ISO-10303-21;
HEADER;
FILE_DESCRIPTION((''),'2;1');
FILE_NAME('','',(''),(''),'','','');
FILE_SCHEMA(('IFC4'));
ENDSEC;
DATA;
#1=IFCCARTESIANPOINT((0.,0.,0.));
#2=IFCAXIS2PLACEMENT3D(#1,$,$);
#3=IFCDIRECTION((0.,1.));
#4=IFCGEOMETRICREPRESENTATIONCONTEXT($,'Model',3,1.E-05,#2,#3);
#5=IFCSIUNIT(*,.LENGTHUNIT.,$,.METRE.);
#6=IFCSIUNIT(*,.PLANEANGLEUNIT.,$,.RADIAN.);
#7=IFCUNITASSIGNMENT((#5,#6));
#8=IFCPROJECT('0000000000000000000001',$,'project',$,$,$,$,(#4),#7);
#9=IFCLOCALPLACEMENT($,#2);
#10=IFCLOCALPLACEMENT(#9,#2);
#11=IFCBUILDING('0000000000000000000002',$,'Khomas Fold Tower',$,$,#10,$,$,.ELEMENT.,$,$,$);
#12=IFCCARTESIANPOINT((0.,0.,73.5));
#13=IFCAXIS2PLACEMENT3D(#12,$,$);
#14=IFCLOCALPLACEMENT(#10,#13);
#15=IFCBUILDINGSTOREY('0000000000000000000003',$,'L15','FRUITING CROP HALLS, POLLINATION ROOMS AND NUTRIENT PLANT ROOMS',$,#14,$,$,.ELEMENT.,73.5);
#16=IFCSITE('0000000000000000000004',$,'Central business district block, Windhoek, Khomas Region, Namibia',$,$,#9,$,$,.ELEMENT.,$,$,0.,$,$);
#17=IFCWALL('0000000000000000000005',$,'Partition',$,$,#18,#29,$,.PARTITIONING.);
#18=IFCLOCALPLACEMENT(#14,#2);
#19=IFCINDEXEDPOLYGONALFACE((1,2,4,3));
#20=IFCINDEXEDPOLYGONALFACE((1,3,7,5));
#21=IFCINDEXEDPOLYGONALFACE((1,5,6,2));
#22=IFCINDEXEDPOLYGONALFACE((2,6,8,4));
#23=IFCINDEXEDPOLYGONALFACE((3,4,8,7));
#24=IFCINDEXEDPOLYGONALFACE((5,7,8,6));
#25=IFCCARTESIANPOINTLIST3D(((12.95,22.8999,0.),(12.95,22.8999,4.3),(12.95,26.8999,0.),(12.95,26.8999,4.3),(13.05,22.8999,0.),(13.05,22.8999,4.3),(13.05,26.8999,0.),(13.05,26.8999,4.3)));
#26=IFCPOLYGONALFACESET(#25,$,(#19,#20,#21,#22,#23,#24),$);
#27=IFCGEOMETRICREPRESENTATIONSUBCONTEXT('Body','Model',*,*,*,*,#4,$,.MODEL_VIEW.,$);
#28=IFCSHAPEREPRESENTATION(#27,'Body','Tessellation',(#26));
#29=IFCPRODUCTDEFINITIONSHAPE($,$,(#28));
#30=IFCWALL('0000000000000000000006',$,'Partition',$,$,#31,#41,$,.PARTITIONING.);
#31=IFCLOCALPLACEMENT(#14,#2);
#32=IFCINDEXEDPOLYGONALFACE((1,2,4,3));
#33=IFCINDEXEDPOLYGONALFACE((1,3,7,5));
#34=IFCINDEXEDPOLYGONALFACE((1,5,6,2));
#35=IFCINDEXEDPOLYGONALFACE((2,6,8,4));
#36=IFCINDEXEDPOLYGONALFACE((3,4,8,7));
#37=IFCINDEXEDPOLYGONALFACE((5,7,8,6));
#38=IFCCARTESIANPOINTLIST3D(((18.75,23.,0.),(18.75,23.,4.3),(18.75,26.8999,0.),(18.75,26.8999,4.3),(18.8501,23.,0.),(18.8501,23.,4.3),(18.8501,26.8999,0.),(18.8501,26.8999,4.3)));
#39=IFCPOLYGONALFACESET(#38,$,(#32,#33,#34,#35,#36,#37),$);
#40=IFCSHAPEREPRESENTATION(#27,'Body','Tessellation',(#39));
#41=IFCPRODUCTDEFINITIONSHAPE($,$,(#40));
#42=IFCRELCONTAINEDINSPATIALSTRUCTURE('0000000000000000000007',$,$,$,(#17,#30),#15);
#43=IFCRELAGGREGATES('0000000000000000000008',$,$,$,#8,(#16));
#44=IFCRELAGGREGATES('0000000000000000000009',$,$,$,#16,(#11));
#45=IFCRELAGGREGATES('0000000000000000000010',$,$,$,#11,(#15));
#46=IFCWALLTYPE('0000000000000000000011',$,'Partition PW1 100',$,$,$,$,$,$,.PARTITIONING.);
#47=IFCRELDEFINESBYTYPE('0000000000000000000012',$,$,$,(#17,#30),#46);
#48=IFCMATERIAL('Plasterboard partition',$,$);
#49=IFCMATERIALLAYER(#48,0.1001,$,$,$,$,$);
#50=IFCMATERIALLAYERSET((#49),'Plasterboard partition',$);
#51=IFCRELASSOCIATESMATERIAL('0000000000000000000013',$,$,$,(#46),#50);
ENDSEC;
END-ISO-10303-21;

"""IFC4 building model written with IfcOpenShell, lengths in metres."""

from ifc_helpers import new_model, si_unit, direction, frame, frame_2d, origin, place, context, subcontext, project, spatial, rectangle, extrude, source, transform, mapped, material, layer, layer_set, type_object, element, save


model = new_model("IFC4")

# Units and contexts
model_context = context("Model", 3, precision=1e-05, world=origin(), true_north=direction((0.0, 1.0)))
body_context = subcontext(model_context, "Body", "Model", "MODEL_VIEW")
ifc_project = project(units=[si_unit("LENGTHUNIT", "METRE"), si_unit("PLANEANGLEUNIT", "RADIAN")], contexts=[model_context])

# Site, building, storey
site_placement = place(None, origin())
site = spatial("IfcSite", under=ifc_project, at=site_placement, Name="Central business district block, Windhoek, Khomas Region, Namibia", CompositionType="ELEMENT", RefElevation=0.0)
building_placement = place(site_placement, origin())
building = spatial("IfcBuilding", under=site, at=building_placement, Name="Khomas Fold Tower", CompositionType="ELEMENT")
storey_placement = place(building_placement, frame((0.0, 0.0, 73.5)))
storey = spatial("IfcBuildingStorey", under=building, at=storey_placement, Name="L15", Description="FRUITING CROP HALLS, POLLINATION ROOMS AND NUTRIENT PLANT ROOMS", CompositionType="ELEMENT", Elevation=73.5)

# Walls
ifc_material_1 = material(Name="Plasterboard partition")
ifc_layer_1 = layer(ifc_material_1, 0.1001)
ifc_layer_set_1 = layer_set([ifc_layer_1], Name="Plasterboard partition")
wall_type_1 = type_object("IfcWallType", Name="Partition PW1 100", PredefinedType="PARTITIONING", material=ifc_layer_set_1)
shared_shape_1 = source(origin(), body_context, "Body", "SweptSolid", [
    extrude(rectangle(XDim=4.0, YDim=0.1001, at=frame_2d((2.0, 0.0))), origin(), (0.0, 0.0, 1.0), 4.3),
])
wall_1_placement = place(storey_placement, frame((13.0, 22.8999, 0.0), z_axis=(0.0, 0.0, 1.0), x_axis=(0.0, 1.0, 0.0)))
element("IfcWall", 1, at=wall_1_placement, inside=storey, type_object=wall_type_1, Name="Partition", PredefinedType="PARTITIONING", context=body_context, shape_type="MappedRepresentation", body=[
    mapped(shared_shape_1, transform((0.0, 0.0, 0.0))),
])
shared_shape_2 = source(origin(), body_context, "Body", "SweptSolid", [
    extrude(rectangle(XDim=3.8999, YDim=0.1001, at=frame_2d((1.95, 0.0))), origin(), (0.0, 0.0, 1.0), 4.3),
])
wall_2_placement = place(storey_placement, frame((18.8, 23.0, 0.0), z_axis=(0.0, 0.0, 1.0), x_axis=(0.0, 1.0, 0.0)))
element("IfcWall", 2, at=wall_2_placement, inside=storey, type_object=wall_type_1, Name="Partition", PredefinedType="PARTITIONING", context=body_context, shape_type="MappedRepresentation", body=[
    mapped(shared_shape_2, transform((0.0, 0.0, 0.0))),
])

save(model, "model.ifc")
